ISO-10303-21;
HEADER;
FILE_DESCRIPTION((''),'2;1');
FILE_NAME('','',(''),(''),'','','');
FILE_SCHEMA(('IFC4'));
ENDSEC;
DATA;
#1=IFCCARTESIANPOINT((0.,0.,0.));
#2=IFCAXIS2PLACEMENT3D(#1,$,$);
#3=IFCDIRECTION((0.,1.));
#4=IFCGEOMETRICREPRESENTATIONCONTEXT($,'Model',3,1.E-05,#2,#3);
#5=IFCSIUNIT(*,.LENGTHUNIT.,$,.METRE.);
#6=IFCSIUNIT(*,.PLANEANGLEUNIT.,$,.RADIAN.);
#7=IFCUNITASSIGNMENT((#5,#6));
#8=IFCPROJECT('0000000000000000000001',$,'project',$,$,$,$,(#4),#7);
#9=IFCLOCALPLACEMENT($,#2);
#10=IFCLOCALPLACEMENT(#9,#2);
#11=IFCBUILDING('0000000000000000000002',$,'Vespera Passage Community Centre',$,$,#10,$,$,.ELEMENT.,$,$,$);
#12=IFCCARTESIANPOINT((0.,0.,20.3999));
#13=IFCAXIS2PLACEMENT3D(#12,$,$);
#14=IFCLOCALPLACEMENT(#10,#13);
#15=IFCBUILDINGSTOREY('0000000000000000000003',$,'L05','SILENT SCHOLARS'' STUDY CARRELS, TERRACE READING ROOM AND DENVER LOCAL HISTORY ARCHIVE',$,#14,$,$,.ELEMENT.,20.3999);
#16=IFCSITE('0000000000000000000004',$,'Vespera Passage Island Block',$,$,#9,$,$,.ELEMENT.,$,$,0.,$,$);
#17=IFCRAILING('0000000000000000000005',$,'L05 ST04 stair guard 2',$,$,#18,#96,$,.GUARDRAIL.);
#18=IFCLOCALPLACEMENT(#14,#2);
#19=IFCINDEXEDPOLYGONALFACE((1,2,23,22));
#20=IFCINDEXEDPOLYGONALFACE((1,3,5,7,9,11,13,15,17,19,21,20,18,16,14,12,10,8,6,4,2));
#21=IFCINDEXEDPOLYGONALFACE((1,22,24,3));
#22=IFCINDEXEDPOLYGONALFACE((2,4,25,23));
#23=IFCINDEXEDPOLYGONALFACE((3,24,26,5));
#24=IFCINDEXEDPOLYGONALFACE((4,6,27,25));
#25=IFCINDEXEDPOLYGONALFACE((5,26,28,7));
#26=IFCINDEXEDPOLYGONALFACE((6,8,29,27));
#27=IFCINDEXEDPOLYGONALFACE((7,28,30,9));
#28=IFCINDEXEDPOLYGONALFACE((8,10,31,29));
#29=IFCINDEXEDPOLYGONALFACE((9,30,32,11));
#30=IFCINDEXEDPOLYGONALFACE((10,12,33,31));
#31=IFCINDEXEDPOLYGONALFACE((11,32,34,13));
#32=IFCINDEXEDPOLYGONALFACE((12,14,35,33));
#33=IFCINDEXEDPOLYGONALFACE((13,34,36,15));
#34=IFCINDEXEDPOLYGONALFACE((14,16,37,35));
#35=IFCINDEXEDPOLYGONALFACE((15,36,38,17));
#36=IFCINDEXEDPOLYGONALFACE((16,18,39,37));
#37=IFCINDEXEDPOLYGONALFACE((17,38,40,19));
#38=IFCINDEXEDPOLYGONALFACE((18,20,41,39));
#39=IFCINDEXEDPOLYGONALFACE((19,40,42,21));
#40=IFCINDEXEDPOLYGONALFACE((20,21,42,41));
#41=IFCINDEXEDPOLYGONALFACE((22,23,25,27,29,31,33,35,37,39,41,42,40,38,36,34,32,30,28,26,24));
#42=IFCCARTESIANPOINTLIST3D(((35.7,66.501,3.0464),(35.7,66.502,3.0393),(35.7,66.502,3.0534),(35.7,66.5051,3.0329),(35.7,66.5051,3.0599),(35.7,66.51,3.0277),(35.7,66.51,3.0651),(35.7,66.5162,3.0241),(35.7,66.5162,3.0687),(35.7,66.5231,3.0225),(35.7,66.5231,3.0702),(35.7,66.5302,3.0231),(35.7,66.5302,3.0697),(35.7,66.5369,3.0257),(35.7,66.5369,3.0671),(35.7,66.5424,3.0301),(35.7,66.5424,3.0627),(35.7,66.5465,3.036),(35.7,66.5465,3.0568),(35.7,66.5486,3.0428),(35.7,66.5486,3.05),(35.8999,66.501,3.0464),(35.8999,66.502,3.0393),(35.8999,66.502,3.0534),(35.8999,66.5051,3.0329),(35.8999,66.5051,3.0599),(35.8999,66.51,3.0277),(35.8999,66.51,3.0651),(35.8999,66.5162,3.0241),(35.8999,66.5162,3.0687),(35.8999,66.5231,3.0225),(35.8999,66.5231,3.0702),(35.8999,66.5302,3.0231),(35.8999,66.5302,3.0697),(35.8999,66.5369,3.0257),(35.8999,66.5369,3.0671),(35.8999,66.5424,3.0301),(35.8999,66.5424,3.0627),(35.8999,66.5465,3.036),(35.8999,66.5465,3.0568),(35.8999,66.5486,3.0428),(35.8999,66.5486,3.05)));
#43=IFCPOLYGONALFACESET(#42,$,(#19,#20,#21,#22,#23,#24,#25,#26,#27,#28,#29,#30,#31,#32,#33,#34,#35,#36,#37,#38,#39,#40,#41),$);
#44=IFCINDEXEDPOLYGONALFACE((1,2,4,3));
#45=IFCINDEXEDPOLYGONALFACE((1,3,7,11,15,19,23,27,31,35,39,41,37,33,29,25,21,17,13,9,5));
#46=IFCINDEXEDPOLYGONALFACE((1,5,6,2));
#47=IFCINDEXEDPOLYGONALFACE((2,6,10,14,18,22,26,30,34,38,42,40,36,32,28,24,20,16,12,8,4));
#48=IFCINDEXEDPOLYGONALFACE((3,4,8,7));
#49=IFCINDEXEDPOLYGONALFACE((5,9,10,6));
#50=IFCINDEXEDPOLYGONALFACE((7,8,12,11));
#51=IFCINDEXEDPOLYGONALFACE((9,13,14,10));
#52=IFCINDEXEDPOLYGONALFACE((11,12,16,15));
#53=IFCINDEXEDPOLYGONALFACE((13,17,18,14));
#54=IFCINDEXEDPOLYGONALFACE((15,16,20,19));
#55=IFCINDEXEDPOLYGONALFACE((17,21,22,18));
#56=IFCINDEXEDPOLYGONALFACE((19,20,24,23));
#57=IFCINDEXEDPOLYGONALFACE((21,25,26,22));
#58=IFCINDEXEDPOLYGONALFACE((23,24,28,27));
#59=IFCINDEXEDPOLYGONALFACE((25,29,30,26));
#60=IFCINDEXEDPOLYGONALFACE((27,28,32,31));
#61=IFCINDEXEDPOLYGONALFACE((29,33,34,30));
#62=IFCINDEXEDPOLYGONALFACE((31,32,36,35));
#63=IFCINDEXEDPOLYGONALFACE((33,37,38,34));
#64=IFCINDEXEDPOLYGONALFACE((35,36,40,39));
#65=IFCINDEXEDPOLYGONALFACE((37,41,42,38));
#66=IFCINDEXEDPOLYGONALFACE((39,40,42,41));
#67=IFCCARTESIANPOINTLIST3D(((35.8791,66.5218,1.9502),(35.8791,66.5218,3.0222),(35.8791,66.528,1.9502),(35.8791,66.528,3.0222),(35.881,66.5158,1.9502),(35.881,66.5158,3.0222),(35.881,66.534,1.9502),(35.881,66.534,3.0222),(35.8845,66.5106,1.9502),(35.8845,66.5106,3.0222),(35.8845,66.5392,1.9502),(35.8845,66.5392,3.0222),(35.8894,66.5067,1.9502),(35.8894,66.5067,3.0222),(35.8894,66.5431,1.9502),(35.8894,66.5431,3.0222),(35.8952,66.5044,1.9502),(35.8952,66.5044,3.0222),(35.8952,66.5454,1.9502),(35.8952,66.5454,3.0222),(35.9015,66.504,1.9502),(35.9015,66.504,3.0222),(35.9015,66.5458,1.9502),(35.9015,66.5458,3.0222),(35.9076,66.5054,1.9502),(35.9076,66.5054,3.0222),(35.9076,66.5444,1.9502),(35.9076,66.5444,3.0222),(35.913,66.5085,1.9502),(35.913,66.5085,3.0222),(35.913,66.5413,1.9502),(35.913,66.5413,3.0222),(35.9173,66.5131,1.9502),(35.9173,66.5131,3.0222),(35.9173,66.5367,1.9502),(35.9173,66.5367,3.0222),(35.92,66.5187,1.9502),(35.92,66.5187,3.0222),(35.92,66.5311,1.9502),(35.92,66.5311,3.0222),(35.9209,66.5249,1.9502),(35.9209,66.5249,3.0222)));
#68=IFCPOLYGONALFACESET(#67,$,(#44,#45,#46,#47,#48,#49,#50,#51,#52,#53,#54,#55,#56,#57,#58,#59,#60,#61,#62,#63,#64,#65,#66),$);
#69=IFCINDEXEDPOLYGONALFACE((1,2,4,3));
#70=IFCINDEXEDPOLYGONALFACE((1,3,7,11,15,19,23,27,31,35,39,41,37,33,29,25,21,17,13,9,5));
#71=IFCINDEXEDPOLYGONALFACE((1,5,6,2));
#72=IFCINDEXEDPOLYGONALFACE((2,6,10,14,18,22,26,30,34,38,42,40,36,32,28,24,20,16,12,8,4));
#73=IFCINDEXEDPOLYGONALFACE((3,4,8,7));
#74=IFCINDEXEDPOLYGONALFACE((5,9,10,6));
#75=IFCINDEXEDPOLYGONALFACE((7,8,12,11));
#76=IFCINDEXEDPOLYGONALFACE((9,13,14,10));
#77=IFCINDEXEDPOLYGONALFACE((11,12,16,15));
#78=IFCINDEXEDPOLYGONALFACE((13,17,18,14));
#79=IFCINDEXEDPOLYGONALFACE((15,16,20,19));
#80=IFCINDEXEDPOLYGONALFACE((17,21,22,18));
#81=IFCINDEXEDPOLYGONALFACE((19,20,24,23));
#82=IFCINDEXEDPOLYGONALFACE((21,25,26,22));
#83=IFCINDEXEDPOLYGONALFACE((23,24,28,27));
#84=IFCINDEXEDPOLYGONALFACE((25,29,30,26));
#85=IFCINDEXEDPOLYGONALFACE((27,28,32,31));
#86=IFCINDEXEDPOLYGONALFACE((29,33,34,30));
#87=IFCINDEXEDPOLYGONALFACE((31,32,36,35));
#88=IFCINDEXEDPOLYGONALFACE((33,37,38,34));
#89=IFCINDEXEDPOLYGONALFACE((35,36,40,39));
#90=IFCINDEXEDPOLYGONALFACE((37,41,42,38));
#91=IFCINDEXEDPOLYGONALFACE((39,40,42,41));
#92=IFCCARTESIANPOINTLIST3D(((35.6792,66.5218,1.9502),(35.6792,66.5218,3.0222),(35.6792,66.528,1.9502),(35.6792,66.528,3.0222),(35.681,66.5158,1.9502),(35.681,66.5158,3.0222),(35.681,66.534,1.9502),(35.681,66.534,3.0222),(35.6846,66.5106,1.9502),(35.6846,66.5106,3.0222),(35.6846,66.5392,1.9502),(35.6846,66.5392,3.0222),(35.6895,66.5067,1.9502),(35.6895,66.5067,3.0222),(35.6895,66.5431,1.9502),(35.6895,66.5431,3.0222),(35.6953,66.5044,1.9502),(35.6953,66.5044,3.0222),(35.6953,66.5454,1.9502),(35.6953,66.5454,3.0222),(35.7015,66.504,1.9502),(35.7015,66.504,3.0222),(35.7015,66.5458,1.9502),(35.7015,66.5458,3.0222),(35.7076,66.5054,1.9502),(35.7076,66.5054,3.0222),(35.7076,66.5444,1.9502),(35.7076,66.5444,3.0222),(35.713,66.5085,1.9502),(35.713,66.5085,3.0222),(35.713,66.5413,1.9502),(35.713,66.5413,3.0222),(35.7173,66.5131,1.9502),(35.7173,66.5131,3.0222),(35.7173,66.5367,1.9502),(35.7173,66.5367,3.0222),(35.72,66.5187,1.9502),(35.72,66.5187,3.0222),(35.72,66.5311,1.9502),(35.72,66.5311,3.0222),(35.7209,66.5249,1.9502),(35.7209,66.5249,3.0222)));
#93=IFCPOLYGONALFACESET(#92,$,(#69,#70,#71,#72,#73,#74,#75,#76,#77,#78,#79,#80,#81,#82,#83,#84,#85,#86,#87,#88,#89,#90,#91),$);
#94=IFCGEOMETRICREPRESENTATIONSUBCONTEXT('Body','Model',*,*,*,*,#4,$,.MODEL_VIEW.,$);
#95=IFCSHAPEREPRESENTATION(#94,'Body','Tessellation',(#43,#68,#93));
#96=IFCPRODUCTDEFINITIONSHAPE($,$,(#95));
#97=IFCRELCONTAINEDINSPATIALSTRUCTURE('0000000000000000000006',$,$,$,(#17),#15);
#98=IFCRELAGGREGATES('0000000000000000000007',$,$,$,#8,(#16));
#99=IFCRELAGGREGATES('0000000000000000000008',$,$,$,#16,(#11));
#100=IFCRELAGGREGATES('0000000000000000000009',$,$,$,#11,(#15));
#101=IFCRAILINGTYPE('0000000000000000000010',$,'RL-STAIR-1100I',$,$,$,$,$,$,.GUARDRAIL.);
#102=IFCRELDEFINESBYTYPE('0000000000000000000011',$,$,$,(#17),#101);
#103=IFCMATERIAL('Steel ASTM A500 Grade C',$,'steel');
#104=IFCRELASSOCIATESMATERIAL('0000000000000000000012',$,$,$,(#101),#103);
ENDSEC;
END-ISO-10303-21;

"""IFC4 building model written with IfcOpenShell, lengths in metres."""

from ifc_helpers import new_model, si_unit, direction, frame, origin, origin_2d, place, context, subcontext, project, spatial, circle, extrude, material, type_object, element, save


model = new_model("IFC4")

# Units and contexts
model_context = context("Model", 3, precision=1e-05, world=origin(), true_north=direction((0.0, 1.0)))
body_context = subcontext(model_context, "Body", "Model", "MODEL_VIEW")
ifc_project = project(units=[si_unit("LENGTHUNIT", "METRE"), si_unit("PLANEANGLEUNIT", "RADIAN")], contexts=[model_context])

# Site, building, storey
site_placement = place(None, origin())
site = spatial("IfcSite", under=ifc_project, at=site_placement, Name="Vespera Passage Island Block", CompositionType="ELEMENT", RefElevation=0.0)
building_placement = place(site_placement, origin())
building = spatial("IfcBuilding", under=site, at=building_placement, Name="Vespera Passage Community Centre", CompositionType="ELEMENT")
storey_placement = place(building_placement, frame((0.0, 0.0, 20.3999)))
storey = spatial("IfcBuildingStorey", under=building, at=storey_placement, Name="L05", Description="SILENT SCHOLARS' STUDY CARRELS, TERRACE READING ROOM AND DENVER LOCAL HISTORY ARCHIVE", CompositionType="ELEMENT", Elevation=20.3999)

# Railing
ifc_material_1 = material(Name="Steel ASTM A500 Grade C", Category="steel")
railing_type_1 = type_object("IfcRailingType", Name="RL-STAIR-1100I", PredefinedType="GUARDRAIL", material=ifc_material_1)
railing_1_placement = place(storey_placement, frame((35.8999, 66.5249, 1.9502)))
element("IfcRailing", 1, at=railing_1_placement, inside=storey, type_object=railing_type_1, Name="L05 ST04 stair guard 2", PredefinedType="GUARDRAIL", context=body_context, shape_type="SweptSolid", body=[
    extrude(circle(Radius=0.0239, at=origin_2d()), frame((0.0, 0.0, 1.0962), z_axis=(-1.0, 0.0, 0.0), x_axis=(0.0, -1.0, 0.0)), (0.0, 0.0, 1.0), 0.2),
    extrude(circle(Radius=0.021, at=origin_2d()), origin(), (0.0, 0.0, 1.0), 1.072),
    extrude(circle(Radius=0.021, at=origin_2d()), frame((-0.2, 0.0, 0.0)), (0.0, 0.0, 1.0), 1.072),
])

save(model, "model.ifc")
